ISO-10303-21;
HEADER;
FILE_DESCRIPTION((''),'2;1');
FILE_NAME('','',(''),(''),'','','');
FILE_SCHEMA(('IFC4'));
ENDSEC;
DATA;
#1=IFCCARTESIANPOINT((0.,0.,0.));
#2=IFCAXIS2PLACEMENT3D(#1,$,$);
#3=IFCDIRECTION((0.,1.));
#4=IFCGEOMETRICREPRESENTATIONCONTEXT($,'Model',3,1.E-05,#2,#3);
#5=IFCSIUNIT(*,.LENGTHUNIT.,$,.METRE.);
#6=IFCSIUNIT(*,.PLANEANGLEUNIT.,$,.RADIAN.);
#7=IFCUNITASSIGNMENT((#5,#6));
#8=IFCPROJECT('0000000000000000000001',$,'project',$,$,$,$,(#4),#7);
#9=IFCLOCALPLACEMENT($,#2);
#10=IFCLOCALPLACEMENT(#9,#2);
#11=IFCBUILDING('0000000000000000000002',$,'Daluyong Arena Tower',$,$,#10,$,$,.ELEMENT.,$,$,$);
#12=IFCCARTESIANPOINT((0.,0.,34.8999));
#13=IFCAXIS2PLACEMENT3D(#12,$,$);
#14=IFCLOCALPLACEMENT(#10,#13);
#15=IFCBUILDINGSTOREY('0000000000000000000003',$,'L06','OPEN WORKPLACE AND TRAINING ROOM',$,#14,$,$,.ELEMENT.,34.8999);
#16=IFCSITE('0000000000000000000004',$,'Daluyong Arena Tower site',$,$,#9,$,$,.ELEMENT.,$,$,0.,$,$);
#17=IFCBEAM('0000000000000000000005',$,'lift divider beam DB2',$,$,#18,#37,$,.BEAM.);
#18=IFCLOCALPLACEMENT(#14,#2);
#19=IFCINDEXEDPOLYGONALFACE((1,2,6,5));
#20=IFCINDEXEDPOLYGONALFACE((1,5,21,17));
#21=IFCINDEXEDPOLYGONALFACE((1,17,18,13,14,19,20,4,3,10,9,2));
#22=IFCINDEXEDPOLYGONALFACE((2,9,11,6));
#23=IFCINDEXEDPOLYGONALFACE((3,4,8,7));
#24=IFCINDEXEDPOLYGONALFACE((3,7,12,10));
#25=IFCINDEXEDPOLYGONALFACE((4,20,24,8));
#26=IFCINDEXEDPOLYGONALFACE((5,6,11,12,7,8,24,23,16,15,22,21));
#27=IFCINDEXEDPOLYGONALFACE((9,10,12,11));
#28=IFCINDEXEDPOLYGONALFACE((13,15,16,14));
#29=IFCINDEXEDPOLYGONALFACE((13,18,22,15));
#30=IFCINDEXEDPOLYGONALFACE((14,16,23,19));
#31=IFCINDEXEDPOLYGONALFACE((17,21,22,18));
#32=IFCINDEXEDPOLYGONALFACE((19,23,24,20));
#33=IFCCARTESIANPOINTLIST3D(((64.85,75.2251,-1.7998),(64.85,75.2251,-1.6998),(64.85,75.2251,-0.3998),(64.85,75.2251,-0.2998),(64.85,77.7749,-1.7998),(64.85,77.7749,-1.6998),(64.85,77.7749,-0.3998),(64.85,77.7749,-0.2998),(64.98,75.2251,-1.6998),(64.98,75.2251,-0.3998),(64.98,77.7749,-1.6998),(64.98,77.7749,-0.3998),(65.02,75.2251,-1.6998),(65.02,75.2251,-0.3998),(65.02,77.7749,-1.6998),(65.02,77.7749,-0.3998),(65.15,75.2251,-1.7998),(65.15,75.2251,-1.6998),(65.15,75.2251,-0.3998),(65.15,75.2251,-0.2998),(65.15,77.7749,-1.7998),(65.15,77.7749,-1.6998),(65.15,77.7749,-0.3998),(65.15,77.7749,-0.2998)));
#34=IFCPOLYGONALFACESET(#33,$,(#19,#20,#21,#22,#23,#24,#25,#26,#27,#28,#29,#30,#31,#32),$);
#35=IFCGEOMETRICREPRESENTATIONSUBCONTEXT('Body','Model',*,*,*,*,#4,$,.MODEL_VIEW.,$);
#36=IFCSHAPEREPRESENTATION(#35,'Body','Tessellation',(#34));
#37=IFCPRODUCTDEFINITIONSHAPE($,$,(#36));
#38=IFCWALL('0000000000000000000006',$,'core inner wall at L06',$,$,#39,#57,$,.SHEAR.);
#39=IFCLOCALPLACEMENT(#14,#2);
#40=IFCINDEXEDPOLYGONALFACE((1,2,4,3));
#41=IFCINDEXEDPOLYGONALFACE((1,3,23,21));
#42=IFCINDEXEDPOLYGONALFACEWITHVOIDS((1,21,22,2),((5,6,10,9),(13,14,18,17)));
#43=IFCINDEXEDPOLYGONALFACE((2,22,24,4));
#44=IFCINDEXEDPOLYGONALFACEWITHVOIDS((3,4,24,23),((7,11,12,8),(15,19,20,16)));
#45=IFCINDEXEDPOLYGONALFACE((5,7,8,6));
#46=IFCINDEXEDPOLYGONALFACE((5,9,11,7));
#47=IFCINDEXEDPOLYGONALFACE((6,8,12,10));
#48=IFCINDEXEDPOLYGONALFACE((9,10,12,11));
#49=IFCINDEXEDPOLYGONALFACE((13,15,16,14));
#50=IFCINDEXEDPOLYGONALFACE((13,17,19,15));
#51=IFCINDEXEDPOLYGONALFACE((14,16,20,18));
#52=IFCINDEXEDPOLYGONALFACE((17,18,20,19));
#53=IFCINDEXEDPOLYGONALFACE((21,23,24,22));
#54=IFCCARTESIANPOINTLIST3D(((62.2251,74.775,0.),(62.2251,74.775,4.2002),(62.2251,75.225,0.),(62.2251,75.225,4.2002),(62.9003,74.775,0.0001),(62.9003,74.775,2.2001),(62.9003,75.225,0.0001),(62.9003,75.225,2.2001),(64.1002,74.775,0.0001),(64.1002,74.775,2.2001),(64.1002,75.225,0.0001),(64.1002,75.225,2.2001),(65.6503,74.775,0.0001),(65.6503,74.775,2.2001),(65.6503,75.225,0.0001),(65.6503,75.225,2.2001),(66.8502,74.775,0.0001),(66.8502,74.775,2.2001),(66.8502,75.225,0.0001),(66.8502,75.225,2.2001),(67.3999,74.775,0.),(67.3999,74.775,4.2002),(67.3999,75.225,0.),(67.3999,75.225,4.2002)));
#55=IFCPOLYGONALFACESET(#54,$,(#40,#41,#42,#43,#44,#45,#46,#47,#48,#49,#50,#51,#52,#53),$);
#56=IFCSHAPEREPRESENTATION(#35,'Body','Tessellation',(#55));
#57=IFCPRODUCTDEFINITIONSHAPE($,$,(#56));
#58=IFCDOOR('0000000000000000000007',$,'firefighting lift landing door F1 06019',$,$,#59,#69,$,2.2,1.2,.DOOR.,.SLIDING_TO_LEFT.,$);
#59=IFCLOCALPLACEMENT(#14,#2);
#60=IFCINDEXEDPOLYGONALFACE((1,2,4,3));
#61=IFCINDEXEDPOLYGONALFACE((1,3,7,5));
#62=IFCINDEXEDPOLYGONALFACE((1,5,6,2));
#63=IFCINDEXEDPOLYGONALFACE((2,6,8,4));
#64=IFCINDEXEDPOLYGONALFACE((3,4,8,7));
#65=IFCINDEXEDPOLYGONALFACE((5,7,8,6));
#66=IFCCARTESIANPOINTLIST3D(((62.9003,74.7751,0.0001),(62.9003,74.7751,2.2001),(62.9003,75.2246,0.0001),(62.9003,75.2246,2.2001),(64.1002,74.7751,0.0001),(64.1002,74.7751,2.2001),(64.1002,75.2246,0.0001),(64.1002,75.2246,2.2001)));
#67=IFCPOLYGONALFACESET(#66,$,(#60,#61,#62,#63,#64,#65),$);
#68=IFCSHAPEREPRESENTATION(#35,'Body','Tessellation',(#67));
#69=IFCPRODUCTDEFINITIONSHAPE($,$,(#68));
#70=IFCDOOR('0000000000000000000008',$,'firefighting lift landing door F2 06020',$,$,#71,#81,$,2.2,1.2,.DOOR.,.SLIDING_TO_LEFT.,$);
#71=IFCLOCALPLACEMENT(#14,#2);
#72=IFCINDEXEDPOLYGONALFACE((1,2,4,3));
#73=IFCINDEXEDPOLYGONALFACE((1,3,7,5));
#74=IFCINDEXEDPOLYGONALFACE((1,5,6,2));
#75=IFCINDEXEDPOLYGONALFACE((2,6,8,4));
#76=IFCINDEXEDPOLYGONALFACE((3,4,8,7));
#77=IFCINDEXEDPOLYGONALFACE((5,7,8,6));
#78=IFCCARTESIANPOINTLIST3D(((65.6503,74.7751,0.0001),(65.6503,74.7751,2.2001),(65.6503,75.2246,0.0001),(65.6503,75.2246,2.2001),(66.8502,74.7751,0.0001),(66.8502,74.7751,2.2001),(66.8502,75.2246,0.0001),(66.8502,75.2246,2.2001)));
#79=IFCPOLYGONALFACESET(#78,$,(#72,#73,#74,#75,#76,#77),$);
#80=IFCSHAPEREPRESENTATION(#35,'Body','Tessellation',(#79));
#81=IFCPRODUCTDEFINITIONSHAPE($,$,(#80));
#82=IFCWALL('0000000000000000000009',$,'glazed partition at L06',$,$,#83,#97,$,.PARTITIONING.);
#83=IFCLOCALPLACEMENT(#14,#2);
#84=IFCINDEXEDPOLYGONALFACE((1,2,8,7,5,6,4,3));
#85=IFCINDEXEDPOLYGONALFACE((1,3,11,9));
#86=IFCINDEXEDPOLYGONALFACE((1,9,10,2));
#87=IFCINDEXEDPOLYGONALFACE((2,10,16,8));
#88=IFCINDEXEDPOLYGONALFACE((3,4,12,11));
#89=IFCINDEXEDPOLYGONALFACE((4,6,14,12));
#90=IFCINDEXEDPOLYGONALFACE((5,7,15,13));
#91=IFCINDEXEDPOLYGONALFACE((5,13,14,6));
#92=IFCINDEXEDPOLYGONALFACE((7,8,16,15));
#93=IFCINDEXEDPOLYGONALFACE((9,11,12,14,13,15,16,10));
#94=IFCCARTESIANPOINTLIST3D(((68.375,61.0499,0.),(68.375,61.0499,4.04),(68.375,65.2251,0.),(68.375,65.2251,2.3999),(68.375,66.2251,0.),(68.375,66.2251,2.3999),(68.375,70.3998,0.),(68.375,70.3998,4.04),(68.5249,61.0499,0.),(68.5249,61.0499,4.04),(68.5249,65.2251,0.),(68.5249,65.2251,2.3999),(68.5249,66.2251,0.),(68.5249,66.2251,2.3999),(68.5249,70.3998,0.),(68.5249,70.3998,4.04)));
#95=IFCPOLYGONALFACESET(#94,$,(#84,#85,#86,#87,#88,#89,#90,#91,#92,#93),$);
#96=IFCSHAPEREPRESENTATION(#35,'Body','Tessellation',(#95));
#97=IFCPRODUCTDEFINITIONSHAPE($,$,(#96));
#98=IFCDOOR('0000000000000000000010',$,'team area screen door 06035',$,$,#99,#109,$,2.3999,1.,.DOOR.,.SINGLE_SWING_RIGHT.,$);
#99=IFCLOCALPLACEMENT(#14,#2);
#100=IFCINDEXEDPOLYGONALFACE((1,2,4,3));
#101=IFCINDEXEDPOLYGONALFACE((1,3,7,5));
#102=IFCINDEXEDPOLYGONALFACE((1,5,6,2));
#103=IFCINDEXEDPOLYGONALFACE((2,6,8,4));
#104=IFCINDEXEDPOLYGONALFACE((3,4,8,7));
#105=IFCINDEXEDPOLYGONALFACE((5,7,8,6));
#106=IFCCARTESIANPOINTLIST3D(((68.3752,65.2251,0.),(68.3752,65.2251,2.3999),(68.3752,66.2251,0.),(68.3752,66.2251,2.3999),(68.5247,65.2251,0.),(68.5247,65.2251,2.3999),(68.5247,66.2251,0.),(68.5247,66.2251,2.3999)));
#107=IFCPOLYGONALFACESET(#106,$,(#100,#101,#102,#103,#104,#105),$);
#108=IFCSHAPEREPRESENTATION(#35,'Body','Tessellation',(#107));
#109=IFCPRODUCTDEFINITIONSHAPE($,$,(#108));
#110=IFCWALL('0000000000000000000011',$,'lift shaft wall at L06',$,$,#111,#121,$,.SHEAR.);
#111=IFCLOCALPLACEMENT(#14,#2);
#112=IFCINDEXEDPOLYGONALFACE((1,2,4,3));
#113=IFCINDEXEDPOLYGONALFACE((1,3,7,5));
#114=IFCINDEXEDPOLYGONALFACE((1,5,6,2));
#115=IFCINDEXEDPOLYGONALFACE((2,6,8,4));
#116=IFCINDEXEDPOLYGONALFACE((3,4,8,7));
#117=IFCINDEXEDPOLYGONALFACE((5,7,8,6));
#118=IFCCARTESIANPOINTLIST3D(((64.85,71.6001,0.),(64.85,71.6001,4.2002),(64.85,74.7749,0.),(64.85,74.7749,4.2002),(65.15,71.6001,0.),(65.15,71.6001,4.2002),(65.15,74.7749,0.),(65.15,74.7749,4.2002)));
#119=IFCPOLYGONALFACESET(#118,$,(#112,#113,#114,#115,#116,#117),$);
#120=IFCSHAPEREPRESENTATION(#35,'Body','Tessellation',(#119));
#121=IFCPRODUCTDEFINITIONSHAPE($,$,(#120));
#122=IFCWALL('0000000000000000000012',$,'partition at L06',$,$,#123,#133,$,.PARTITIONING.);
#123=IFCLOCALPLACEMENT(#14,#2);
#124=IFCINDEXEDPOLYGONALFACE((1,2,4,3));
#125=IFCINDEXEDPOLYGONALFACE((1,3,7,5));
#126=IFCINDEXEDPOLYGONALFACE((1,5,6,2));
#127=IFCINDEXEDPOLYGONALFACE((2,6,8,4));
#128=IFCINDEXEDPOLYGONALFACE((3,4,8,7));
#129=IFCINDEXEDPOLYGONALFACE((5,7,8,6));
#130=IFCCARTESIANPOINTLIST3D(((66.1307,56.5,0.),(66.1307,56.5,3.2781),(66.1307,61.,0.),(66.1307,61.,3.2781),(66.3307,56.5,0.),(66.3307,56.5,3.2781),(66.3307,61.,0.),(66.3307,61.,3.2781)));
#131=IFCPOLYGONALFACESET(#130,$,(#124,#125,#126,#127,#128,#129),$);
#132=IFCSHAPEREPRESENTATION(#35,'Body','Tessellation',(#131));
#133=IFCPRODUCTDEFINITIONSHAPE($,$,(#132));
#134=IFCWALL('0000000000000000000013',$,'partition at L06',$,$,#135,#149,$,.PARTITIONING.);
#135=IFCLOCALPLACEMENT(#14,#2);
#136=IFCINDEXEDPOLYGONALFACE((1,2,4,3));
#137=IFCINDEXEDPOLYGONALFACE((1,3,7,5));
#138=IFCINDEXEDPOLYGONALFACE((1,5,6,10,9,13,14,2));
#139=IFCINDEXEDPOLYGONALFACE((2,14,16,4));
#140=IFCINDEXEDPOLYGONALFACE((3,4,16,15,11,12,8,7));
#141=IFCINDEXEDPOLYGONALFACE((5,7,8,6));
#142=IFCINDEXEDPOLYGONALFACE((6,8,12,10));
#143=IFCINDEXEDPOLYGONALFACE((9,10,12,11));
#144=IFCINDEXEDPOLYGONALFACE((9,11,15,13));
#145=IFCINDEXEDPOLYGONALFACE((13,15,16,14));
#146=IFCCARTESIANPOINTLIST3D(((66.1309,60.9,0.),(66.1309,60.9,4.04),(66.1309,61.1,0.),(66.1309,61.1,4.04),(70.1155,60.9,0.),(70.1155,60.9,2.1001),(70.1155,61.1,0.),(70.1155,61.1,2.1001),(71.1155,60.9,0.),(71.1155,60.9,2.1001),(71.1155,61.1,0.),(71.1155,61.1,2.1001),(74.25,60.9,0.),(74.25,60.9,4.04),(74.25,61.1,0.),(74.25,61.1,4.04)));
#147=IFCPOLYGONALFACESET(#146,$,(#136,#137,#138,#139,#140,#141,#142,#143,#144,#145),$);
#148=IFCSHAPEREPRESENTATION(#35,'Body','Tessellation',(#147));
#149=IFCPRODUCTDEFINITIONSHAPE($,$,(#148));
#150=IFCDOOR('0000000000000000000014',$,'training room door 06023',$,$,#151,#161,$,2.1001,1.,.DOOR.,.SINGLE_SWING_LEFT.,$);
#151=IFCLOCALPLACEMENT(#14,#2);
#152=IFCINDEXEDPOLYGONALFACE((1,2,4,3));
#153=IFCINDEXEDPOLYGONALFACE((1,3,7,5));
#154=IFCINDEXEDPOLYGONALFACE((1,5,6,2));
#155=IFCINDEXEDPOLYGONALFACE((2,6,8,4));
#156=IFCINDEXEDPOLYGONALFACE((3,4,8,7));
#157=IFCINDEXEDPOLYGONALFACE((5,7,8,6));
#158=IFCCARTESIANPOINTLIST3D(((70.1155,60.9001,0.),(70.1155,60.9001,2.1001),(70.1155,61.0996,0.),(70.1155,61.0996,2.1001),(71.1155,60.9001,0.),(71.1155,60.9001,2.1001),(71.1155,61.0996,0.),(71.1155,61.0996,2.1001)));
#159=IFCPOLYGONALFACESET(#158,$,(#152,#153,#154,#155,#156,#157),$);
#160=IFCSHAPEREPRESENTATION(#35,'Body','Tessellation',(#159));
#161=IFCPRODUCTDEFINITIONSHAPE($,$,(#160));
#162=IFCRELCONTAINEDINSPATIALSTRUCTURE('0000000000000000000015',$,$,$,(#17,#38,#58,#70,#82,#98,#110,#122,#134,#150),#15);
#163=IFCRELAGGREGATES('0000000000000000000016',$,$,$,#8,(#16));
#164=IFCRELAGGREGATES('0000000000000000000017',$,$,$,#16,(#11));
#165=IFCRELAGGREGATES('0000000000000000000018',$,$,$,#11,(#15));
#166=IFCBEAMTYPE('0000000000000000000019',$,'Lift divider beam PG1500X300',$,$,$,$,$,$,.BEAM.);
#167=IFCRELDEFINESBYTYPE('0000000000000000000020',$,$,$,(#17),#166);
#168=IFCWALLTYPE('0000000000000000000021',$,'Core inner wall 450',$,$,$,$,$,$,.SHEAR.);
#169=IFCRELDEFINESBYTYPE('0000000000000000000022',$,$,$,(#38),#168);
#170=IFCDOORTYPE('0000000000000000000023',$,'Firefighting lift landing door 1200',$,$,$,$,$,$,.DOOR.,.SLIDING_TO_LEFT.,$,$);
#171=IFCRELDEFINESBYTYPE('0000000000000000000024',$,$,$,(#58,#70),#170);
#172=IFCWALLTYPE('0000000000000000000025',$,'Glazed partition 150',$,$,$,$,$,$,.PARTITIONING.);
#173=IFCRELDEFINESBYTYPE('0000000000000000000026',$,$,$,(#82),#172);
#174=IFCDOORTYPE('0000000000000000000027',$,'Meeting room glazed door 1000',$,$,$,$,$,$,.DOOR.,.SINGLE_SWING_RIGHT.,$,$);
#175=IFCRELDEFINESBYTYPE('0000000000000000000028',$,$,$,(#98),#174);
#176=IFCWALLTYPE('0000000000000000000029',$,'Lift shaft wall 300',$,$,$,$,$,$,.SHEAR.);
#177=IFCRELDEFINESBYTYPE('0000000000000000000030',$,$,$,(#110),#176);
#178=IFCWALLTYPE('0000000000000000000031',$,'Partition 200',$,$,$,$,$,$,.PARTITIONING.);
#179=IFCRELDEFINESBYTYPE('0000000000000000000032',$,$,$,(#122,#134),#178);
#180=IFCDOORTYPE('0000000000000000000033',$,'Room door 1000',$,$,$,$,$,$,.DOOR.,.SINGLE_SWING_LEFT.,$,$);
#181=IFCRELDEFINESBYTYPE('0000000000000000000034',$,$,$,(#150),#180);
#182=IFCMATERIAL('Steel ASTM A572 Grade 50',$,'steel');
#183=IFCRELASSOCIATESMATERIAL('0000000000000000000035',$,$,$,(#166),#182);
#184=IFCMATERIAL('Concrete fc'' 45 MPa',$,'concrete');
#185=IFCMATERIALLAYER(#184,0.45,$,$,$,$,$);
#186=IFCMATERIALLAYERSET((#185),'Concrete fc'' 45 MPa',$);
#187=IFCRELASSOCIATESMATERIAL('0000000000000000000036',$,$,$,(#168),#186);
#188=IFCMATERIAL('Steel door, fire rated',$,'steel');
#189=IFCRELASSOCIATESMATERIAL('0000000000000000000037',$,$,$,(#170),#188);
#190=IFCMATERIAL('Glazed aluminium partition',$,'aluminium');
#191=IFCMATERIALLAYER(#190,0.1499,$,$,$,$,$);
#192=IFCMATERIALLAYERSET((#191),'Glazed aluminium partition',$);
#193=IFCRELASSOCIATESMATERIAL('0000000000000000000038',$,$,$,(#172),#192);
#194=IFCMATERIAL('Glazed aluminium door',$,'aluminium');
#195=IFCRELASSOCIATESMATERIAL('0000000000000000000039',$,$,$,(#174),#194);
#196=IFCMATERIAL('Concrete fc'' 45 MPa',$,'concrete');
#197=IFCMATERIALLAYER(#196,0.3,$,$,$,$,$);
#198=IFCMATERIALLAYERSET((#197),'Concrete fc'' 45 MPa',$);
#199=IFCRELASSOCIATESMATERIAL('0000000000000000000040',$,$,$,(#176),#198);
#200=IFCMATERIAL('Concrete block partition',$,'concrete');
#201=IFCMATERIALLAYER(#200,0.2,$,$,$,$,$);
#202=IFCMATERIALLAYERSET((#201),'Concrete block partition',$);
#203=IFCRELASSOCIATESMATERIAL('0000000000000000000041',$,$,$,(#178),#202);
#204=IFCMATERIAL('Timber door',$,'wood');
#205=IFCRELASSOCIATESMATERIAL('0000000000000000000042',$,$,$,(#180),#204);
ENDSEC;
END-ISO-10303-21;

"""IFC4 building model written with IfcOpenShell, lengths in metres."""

from ifc_helpers import new_model, si_unit, direction, frame, frame_2d, origin, origin_2d, place, context, subcontext, project, spatial, rectangle, i_section, extrude, material, layer, layer_set, material_profile, profile_set, type_object, element, fill, save


model = new_model("IFC4")

# Units and contexts
model_context = context("Model", 3, precision=1e-05, world=origin(), true_north=direction((0.0, 1.0)))
body_context = subcontext(model_context, "Body", "Model", "MODEL_VIEW")
ifc_project = project(units=[si_unit("LENGTHUNIT", "METRE"), si_unit("PLANEANGLEUNIT", "RADIAN")], contexts=[model_context])

# Site, building, storey
site_placement = place(None, origin())
site = spatial("IfcSite", under=ifc_project, at=site_placement, Name="Daluyong Arena Tower site", CompositionType="ELEMENT", RefElevation=0.0)
building_placement = place(site_placement, origin())
building = spatial("IfcBuilding", under=site, at=building_placement, Name="Daluyong Arena Tower", CompositionType="ELEMENT")
storey_placement = place(building_placement, frame((0.0, 0.0, 34.8999)))
storey = spatial("IfcBuildingStorey", under=building, at=storey_placement, Name="L06", Description="OPEN WORKPLACE AND TRAINING ROOM", CompositionType="ELEMENT", Elevation=34.8999)

# Beam
ifc_material_1 = material(Name="Steel ASTM A572 Grade 50", Category="steel")
ifc_material_profile_1 = material_profile(ifc_material_1, i_section(OverallWidth=0.3, OverallDepth=1.5, WebThickness=0.04, FlangeThickness=0.1, at=origin_2d()))
ifc_profile_set_1 = profile_set([ifc_material_profile_1], Name="Steel ASTM A572 Grade 50")
beam_type_1 = type_object("IfcBeamType", Name="Lift divider beam PG1500X300", PredefinedType="BEAM", material=ifc_profile_set_1)
beam_1_placement = place(storey_placement, frame((65.0, 75.2251, -1.0498), z_axis=(0.0, 1.0, 0.0), x_axis=(-1.0, 0.0, 0.0)))
element("IfcBeam", 1, at=beam_1_placement, inside=storey, type_object=beam_type_1, Name="lift divider beam DB2", PredefinedType="BEAM", context=body_context, shape_type="SweptSolid", body=[
    extrude(i_section(OverallWidth=0.3, OverallDepth=1.5, WebThickness=0.04, FlangeThickness=0.1, at=origin_2d()), origin(), (0.0, 0.0, 1.0), 2.5498),
])

# Shared definitions
ifc_material_2 = material(Name="Concrete fc' 45 MPa", Category="concrete")
ifc_layer_1 = layer(ifc_material_2, 0.45)
ifc_layer_set_1 = layer_set([ifc_layer_1], Name="Concrete fc' 45 MPa")
wall_type_1 = type_object("IfcWallType", Name="Core inner wall 450", PredefinedType="SHEAR", material=ifc_layer_set_1)

# Wall, openings, doors
wall_1_placement = place(storey_placement, frame((62.2251, 75.0, 0.0), z_axis=(0.0, 0.0, 1.0), x_axis=(1.0, 0.0, 0.0)))
wall_1 = element("IfcWall", 2, at=wall_1_placement, inside=storey, type_object=wall_type_1, Name="core inner wall at L06", PredefinedType="SHEAR", context=body_context, shape_type="SweptSolid", body=[
    extrude(rectangle(XDim=5.1748, YDim=0.45, at=frame_2d((2.5874, 0.0))), origin(), (0.0, 0.0, 1.0), 4.2002),
])
opening_1_placement = place(wall_1_placement, frame((0.675, 0.0, 0.0)))
opening_1 = element("IfcOpeningElement", 3, at=opening_1_placement, cuts=wall_1, PredefinedType="OPENING", context=body_context, shape_type="SweptSolid", body=[
    extrude(rectangle(XDim=1.2, YDim=2.2, at=frame_2d((0.6001, 1.1001))), frame((0.0, 0.2349, 0.0), z_axis=(0.0, -1.0, 0.0), x_axis=(1.0, 0.0, 0.0)), (0.0, 0.0, 1.0), 0.47),
])
opening_2_placement = place(wall_1_placement, frame((3.425, 0.0, 0.0)))
opening_2 = element("IfcOpeningElement", 4, at=opening_2_placement, cuts=wall_1, PredefinedType="OPENING", context=body_context, shape_type="SweptSolid", body=[
    extrude(rectangle(XDim=1.2, YDim=2.2, at=frame_2d((0.6001, 1.1001))), frame((0.0, 0.2349, 0.0), z_axis=(0.0, -1.0, 0.0), x_axis=(1.0, 0.0, 0.0)), (0.0, 0.0, 1.0), 0.47),
])
ifc_material_3 = material(Name="Steel door, fire rated", Category="steel")
door_type_1 = type_object("IfcDoorType", Name="Firefighting lift landing door 1200", OperationType="SLIDING_TO_LEFT", PredefinedType="DOOR", material=ifc_material_3)
door_1_placement = place(opening_1_placement, origin())
door_1 = element("IfcDoor", 5, at=door_1_placement, inside=storey, type_object=door_type_1, Name="firefighting lift landing door F1 06019", OperationType="SLIDING_TO_LEFT", OverallHeight=2.2, OverallWidth=1.2, PredefinedType="DOOR", context=body_context, shape_type="SweptSolid", body=[
    extrude(rectangle(XDim=1.2, YDim=2.2, at=frame_2d((0.6001, 1.1001))), frame((0.0, 0.2246, 0.0), z_axis=(0.0, -1.0, 0.0), x_axis=(1.0, 0.0, 0.0)), (0.0, 0.0, 1.0), 0.4495),
])
fill(opening_1, door_1)
door_2_placement = place(opening_2_placement, origin())
door_2 = element("IfcDoor", 6, at=door_2_placement, inside=storey, type_object=door_type_1, Name="firefighting lift landing door F2 06020", OperationType="SLIDING_TO_LEFT", OverallHeight=2.2, OverallWidth=1.2, PredefinedType="DOOR", context=body_context, shape_type="SweptSolid", body=[
    extrude(rectangle(XDim=1.2, YDim=2.2, at=frame_2d((0.6001, 1.1001))), frame((0.0, 0.2246, 0.0), z_axis=(0.0, -1.0, 0.0), x_axis=(1.0, 0.0, 0.0)), (0.0, 0.0, 1.0), 0.4495),
])
fill(opening_2, door_2)

# Wall, opening, door
ifc_material_4 = material(Name="Glazed aluminium partition", Category="aluminium")
ifc_layer_2 = layer(ifc_material_4, 0.1499)
ifc_layer_set_2 = layer_set([ifc_layer_2], Name="Glazed aluminium partition")
wall_type_2 = type_object("IfcWallType", Name="Glazed partition 150", PredefinedType="PARTITIONING", material=ifc_layer_set_2)
wall_2_placement = place(storey_placement, frame((68.45, 61.05, 0.0), z_axis=(0.0, 0.0, 1.0), x_axis=(0.0, 1.0, 0.0)))
wall_2 = element("IfcWall", 7, at=wall_2_placement, inside=storey, type_object=wall_type_2, Name="glazed partition at L06", PredefinedType="PARTITIONING", context=body_context, shape_type="SweptSolid", body=[
    extrude(rectangle(XDim=9.3499, YDim=0.1499, at=frame_2d((4.6748, 0.0))), origin(), (0.0, 0.0, 1.0), 4.04),
])
opening_3_placement = place(wall_2_placement, frame((4.175, 0.0, 0.0)))
opening_3 = element("IfcOpeningElement", 8, at=opening_3_placement, cuts=wall_2, PredefinedType="OPENING", context=body_context, shape_type="SweptSolid", body=[
    extrude(rectangle(XDim=1.0, YDim=2.3999, at=frame_2d((0.5, 1.2))), frame((0.0, 0.085, 0.0), z_axis=(0.0, -1.0, 0.0), x_axis=(1.0, 0.0, 0.0)), (0.0, 0.0, 1.0), 0.1699),
])
ifc_material_5 = material(Name="Glazed aluminium door", Category="aluminium")
door_type_2 = type_object("IfcDoorType", Name="Meeting room glazed door 1000", OperationType="SINGLE_SWING_RIGHT", PredefinedType="DOOR", material=ifc_material_5)
door_3_placement = place(opening_3_placement, origin())
door_3 = element("IfcDoor", 9, at=door_3_placement, inside=storey, type_object=door_type_2, Name="team area screen door 06035", OperationType="SINGLE_SWING_RIGHT", OverallHeight=2.3999, OverallWidth=1.0, PredefinedType="DOOR", context=body_context, shape_type="SweptSolid", body=[
    extrude(rectangle(XDim=1.0, YDim=2.3999, at=frame_2d((0.5, 1.2))), frame((0.0, 0.0747, 0.0), z_axis=(0.0, -1.0, 0.0), x_axis=(1.0, 0.0, 0.0)), (0.0, 0.0, 1.0), 0.1494),
])
fill(opening_3, door_3)

# Walls
ifc_material_6 = material(Name="Concrete fc' 45 MPa", Category="concrete")
ifc_layer_3 = layer(ifc_material_6, 0.3)
ifc_layer_set_3 = layer_set([ifc_layer_3], Name="Concrete fc' 45 MPa")
wall_type_3 = type_object("IfcWallType", Name="Lift shaft wall 300", PredefinedType="SHEAR", material=ifc_layer_set_3)
wall_3_placement = place(storey_placement, frame((65.0, 71.6001, 0.0), z_axis=(0.0, 0.0, 1.0), x_axis=(0.0, 1.0, 0.0)))
element("IfcWall", 10, at=wall_3_placement, inside=storey, type_object=wall_type_3, Name="lift shaft wall at L06", PredefinedType="SHEAR", context=body_context, shape_type="SweptSolid", body=[
    extrude(rectangle(XDim=3.1748, YDim=0.3, at=frame_2d((1.5874, 0.0))), origin(), (0.0, 0.0, 1.0), 4.2002),
])
ifc_material_7 = material(Name="Concrete block partition", Category="concrete")
ifc_layer_4 = layer(ifc_material_7, 0.2)
ifc_layer_set_4 = layer_set([ifc_layer_4], Name="Concrete block partition")
wall_type_4 = type_object("IfcWallType", Name="Partition 200", PredefinedType="PARTITIONING", material=ifc_layer_set_4)
wall_4_placement = place(storey_placement, frame((66.2307, 56.5, 0.0), z_axis=(0.0, 0.0, 1.0), x_axis=(0.0, 1.0, 0.0)))
element("IfcWall", 11, at=wall_4_placement, inside=storey, type_object=wall_type_4, Name="partition at L06", PredefinedType="PARTITIONING", context=body_context, shape_type="SweptSolid", body=[
    extrude(rectangle(XDim=4.5, YDim=0.2, at=frame_2d((2.25, 0.0))), origin(), (0.0, 0.0, 1.0), 3.2781),
])

# Wall, opening, door
wall_5_placement = place(storey_placement, frame((66.1309, 61.0, 0.0), z_axis=(0.0, 0.0, 1.0), x_axis=(1.0, 0.0, 0.0)))
wall_5 = element("IfcWall", 12, at=wall_5_placement, inside=storey, type_object=wall_type_4, Name="partition at L06", PredefinedType="PARTITIONING", context=body_context, shape_type="SweptSolid", body=[
    extrude(rectangle(XDim=8.1191, YDim=0.2, at=frame_2d((4.0596, 0.0))), origin(), (0.0, 0.0, 1.0), 4.04),
])
opening_4_placement = place(wall_5_placement, frame((3.9846, 0.0, 0.0)))
opening_4 = element("IfcOpeningElement", 13, at=opening_4_placement, cuts=wall_5, PredefinedType="OPENING", context=body_context, shape_type="SweptSolid", body=[
    extrude(rectangle(XDim=1.0, YDim=2.1001, at=frame_2d((0.5, 1.05))), frame((0.0, 0.1099, 0.0), z_axis=(0.0, -1.0, 0.0), x_axis=(1.0, 0.0, 0.0)), (0.0, 0.0, 1.0), 0.22),
])
ifc_material_8 = material(Name="Timber door", Category="wood")
door_type_3 = type_object("IfcDoorType", Name="Room door 1000", OperationType="SINGLE_SWING_LEFT", PredefinedType="DOOR", material=ifc_material_8)
door_4_placement = place(opening_4_placement, origin())
door_4 = element("IfcDoor", 14, at=door_4_placement, inside=storey, type_object=door_type_3, Name="training room door 06023", OperationType="SINGLE_SWING_LEFT", OverallHeight=2.1001, OverallWidth=1.0, PredefinedType="DOOR", context=body_context, shape_type="SweptSolid", body=[
    extrude(rectangle(XDim=1.0, YDim=2.1001, at=frame_2d((0.5, 1.05))), frame((0.0, 0.0996, 0.0), z_axis=(0.0, -1.0, 0.0), x_axis=(1.0, 0.0, 0.0)), (0.0, 0.0, 1.0), 0.1995),
])
fill(opening_4, door_4)

save(model, "model.ifc")
